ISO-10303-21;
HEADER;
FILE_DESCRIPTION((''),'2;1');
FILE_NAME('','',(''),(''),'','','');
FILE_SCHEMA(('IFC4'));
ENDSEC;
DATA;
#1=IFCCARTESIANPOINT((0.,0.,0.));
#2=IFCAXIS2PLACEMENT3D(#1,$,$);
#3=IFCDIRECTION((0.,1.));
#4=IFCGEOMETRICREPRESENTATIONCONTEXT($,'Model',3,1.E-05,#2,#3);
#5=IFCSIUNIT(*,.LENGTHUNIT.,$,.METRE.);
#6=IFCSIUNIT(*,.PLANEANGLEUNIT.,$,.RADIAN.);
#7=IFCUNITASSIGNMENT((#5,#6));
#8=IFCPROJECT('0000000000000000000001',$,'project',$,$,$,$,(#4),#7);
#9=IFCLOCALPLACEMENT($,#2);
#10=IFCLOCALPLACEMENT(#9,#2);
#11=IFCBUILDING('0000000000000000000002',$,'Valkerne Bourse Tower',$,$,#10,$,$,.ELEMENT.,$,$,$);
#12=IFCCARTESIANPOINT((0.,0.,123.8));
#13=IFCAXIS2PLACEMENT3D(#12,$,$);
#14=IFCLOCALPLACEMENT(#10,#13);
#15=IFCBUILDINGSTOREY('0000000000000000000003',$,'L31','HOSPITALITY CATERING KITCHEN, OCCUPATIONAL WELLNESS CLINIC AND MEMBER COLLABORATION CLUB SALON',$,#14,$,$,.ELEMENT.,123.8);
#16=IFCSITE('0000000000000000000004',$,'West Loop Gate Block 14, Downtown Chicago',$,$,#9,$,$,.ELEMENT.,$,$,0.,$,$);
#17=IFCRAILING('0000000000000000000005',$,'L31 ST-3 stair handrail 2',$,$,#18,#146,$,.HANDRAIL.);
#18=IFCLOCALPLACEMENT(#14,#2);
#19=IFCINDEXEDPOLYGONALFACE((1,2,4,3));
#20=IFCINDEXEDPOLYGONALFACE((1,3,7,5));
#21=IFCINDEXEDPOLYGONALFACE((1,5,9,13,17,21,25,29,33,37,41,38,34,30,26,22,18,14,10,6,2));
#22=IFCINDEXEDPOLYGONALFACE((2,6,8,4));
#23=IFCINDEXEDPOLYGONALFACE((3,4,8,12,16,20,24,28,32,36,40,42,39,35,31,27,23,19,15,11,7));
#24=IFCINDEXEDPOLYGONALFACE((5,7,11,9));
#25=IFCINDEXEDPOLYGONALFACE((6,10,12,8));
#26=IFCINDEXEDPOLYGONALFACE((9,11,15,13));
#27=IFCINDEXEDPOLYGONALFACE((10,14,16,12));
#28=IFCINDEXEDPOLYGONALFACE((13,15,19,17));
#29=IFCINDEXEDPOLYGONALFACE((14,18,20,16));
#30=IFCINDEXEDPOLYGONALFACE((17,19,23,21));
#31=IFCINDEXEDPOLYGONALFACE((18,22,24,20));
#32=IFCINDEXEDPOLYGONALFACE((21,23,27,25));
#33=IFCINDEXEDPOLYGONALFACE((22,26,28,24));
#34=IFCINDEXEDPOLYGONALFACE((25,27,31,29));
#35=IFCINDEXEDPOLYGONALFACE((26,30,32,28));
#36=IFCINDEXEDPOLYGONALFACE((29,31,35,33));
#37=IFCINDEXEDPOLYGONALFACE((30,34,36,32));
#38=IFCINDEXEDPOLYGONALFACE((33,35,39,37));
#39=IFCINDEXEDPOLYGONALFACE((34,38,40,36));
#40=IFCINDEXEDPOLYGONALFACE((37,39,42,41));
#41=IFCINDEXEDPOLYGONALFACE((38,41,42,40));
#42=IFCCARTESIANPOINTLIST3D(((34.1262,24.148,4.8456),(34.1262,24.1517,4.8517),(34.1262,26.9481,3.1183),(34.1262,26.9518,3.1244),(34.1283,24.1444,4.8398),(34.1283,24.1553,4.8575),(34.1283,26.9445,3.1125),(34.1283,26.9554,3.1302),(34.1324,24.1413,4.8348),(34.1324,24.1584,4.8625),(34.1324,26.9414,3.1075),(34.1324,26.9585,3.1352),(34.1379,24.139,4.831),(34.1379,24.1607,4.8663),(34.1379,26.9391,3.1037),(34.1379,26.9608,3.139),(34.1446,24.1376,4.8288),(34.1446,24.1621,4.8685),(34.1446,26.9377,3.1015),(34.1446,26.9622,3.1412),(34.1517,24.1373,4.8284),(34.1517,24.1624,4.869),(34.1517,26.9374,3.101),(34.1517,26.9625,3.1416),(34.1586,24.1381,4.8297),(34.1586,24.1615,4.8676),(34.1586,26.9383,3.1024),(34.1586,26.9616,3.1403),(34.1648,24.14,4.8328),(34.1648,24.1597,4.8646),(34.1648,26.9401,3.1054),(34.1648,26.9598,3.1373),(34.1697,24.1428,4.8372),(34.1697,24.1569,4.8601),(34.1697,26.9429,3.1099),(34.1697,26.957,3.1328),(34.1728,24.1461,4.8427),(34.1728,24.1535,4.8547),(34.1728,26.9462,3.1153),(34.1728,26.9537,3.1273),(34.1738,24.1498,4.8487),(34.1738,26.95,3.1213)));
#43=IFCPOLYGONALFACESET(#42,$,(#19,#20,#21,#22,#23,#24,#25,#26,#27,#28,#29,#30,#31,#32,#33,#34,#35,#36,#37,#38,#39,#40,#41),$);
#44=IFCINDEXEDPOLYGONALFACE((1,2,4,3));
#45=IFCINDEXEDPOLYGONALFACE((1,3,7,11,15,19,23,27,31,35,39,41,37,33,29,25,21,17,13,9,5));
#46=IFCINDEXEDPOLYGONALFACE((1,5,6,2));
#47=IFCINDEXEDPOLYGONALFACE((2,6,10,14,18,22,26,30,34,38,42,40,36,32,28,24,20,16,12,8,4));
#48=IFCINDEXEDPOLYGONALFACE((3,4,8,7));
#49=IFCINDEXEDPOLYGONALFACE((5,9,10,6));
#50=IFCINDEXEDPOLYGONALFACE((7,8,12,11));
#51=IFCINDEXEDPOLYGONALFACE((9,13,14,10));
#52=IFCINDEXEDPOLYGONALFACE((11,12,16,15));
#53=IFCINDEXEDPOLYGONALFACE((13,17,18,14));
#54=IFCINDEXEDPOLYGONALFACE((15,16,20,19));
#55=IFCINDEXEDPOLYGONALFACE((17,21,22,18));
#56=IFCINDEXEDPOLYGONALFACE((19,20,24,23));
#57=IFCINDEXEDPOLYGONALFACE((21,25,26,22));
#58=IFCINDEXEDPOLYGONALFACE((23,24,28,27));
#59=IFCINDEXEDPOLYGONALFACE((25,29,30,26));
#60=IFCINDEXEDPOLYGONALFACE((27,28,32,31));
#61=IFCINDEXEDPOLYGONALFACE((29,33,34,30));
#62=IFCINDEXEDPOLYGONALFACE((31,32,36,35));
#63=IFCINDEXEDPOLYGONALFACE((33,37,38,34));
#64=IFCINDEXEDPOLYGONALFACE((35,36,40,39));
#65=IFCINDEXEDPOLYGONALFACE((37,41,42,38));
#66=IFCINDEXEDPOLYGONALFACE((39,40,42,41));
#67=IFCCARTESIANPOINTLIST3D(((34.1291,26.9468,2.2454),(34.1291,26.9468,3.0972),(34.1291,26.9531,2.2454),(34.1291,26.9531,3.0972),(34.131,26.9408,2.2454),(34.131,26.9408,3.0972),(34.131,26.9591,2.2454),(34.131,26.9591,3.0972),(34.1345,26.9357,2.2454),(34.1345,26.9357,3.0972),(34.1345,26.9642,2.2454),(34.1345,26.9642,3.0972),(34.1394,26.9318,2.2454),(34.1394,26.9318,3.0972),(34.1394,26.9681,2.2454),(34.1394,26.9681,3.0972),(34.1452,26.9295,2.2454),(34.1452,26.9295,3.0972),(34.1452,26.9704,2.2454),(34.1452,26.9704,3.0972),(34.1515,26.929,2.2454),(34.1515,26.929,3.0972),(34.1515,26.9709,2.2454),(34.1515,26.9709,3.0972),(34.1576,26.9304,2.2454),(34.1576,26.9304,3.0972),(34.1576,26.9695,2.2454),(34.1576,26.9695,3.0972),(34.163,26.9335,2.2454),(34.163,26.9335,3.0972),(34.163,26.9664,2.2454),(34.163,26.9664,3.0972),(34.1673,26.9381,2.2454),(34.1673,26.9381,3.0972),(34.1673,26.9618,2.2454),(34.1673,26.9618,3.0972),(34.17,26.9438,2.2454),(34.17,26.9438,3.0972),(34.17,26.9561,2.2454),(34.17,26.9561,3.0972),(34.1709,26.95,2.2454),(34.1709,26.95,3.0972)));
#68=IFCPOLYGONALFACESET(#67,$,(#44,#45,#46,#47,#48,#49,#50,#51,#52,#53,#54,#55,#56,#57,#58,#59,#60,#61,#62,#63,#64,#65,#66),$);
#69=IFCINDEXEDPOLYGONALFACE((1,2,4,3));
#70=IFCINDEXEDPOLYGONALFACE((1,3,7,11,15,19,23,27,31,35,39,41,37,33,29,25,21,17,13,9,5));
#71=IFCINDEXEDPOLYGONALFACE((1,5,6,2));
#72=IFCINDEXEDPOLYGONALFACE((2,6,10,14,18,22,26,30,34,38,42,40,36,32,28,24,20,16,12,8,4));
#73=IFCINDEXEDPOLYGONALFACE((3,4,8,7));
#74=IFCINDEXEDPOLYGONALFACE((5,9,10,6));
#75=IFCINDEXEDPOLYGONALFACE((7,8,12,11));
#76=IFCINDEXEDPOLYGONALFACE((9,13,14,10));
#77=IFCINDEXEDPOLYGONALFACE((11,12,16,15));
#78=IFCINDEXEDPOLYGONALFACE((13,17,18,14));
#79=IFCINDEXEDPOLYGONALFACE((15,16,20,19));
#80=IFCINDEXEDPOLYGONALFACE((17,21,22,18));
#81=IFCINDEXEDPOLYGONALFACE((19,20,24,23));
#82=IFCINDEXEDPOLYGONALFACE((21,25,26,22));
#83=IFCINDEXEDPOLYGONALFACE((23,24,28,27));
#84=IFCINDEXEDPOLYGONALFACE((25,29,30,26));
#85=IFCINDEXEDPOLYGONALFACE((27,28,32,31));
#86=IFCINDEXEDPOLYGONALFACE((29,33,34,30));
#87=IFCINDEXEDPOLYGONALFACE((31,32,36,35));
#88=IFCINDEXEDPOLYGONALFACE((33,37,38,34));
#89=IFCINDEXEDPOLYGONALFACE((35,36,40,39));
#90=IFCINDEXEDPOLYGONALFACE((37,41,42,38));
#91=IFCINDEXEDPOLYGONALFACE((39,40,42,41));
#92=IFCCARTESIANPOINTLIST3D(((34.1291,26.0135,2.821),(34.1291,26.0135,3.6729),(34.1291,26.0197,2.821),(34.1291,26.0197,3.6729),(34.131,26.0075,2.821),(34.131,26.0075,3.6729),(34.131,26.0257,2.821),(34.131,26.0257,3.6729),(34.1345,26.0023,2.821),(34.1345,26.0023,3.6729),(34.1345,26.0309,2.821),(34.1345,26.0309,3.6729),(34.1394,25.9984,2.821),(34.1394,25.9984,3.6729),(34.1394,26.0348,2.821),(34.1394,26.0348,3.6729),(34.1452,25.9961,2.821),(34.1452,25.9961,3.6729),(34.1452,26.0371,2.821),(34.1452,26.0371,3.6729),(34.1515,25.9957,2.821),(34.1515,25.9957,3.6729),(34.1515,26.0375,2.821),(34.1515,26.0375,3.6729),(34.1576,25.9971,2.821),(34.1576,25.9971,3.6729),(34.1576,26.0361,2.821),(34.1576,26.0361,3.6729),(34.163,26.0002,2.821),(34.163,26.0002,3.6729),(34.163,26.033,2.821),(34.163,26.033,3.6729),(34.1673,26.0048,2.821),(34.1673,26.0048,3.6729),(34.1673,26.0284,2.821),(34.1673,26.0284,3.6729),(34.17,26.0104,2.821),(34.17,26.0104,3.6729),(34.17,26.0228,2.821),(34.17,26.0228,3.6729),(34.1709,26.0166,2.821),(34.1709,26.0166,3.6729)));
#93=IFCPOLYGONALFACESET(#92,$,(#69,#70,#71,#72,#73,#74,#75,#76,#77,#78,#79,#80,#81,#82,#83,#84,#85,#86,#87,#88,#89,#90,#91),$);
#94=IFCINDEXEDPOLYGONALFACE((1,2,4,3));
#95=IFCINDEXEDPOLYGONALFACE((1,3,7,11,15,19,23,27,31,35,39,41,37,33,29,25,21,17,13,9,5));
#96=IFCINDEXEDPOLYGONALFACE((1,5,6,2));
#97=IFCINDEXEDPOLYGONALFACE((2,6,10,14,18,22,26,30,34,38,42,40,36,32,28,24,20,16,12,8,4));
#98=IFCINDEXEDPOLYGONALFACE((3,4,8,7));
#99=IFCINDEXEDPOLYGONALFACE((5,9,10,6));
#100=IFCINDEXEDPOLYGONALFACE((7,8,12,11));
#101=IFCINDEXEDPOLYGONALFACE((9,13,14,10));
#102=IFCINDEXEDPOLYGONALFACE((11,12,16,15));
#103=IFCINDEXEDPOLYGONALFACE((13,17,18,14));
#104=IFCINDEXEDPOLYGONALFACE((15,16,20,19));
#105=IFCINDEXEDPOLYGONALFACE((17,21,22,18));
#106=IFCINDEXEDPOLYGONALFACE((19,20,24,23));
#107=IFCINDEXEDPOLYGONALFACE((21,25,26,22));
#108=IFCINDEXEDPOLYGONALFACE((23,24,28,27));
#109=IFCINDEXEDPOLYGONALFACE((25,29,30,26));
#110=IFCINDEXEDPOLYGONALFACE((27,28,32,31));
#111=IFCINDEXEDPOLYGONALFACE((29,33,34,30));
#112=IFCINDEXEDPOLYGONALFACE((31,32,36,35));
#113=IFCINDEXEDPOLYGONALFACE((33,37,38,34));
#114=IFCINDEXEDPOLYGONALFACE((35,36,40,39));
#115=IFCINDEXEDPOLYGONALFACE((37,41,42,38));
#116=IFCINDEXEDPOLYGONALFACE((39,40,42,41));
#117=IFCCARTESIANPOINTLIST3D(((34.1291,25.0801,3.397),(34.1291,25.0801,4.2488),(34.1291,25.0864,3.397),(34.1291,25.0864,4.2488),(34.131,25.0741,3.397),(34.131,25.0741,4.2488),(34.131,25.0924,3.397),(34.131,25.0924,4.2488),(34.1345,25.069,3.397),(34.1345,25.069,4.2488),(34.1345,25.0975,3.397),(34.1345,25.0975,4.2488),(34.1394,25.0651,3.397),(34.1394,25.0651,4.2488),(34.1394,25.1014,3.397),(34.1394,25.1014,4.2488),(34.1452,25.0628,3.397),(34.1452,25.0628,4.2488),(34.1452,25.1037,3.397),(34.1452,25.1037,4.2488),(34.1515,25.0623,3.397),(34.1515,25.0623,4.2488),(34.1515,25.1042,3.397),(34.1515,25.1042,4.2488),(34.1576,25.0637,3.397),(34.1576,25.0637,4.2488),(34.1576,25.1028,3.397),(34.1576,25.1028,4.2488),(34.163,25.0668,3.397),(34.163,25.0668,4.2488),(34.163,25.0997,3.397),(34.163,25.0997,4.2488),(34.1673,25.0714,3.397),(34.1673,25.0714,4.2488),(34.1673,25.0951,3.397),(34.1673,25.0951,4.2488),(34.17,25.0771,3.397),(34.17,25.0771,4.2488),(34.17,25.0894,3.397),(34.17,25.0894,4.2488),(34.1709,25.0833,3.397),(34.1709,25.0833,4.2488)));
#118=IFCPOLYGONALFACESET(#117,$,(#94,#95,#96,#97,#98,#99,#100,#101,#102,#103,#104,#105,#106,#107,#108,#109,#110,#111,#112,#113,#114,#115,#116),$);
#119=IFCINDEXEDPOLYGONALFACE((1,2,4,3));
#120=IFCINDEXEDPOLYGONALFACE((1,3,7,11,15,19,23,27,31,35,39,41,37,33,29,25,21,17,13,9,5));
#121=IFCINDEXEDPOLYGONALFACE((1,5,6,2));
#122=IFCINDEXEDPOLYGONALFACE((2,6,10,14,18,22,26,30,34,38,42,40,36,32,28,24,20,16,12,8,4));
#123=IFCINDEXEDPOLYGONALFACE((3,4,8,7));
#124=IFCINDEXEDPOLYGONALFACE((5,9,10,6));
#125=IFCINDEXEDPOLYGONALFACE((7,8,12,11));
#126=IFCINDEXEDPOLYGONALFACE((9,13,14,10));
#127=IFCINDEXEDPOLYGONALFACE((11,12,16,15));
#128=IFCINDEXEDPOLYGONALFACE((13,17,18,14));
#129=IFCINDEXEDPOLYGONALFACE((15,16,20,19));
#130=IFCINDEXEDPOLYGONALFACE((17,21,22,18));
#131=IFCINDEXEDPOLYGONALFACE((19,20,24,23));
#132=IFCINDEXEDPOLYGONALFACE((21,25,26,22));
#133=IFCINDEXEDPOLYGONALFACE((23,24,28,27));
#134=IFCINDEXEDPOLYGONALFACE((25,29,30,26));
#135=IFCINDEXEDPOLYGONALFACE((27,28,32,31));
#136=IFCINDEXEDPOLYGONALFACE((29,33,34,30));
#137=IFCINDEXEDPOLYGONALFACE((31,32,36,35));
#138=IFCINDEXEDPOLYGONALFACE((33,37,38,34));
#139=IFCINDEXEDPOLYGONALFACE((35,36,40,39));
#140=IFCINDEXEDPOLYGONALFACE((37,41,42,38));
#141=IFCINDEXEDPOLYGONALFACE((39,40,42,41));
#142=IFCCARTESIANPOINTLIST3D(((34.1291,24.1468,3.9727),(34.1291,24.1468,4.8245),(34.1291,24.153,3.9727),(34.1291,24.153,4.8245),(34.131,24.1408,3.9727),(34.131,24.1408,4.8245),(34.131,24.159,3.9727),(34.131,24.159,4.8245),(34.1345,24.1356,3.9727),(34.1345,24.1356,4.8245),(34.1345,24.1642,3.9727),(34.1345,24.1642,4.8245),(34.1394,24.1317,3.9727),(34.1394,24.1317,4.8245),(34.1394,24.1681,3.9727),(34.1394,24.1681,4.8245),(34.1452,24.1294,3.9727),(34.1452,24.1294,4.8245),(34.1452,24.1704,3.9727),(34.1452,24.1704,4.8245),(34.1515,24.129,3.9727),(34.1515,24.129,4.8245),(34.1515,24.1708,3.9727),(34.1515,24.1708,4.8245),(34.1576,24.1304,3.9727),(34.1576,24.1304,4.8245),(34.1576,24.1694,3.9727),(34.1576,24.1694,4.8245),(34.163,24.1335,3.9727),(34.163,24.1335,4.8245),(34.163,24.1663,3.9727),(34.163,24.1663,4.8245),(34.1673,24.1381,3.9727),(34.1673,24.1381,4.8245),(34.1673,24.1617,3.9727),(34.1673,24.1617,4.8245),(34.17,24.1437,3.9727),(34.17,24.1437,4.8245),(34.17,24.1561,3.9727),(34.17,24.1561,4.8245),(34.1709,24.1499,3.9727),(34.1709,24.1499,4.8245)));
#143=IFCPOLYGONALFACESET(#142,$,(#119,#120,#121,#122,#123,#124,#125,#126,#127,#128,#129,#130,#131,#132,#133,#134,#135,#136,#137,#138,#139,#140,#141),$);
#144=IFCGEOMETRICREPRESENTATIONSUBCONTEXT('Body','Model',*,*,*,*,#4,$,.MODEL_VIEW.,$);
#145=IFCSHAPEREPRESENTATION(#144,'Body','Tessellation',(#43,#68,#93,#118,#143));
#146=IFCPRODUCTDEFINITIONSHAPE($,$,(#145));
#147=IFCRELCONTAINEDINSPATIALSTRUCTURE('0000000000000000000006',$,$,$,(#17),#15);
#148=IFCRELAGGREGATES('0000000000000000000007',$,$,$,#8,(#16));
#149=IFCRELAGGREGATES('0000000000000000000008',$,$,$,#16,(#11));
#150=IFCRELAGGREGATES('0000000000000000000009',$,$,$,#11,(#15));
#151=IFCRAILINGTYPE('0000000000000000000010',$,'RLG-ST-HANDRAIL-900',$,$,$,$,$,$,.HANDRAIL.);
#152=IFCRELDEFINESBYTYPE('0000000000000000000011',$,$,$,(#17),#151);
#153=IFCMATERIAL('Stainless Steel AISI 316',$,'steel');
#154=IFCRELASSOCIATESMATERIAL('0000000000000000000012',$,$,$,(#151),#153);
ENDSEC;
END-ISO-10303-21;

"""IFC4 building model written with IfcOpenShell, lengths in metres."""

from ifc_helpers import new_model, si_unit, direction, frame, origin, origin_2d, place, context, subcontext, project, spatial, circle, extrude, material, type_object, element, save


model = new_model("IFC4")

# Units and contexts
model_context = context("Model", 3, precision=1e-05, world=origin(), true_north=direction((0.0, 1.0)))
body_context = subcontext(model_context, "Body", "Model", "MODEL_VIEW")
ifc_project = project(units=[si_unit("LENGTHUNIT", "METRE"), si_unit("PLANEANGLEUNIT", "RADIAN")], contexts=[model_context])

# Site, building, storey
site_placement = place(None, origin())
site = spatial("IfcSite", under=ifc_project, at=site_placement, Name="West Loop Gate Block 14, Downtown Chicago", CompositionType="ELEMENT", RefElevation=0.0)
building_placement = place(site_placement, origin())
building = spatial("IfcBuilding", under=site, at=building_placement, Name="Valkerne Bourse Tower", CompositionType="ELEMENT")
storey_placement = place(building_placement, frame((0.0, 0.0, 123.8)))
storey = spatial("IfcBuildingStorey", under=building, at=storey_placement, Name="L31", Description="HOSPITALITY CATERING KITCHEN, OCCUPATIONAL WELLNESS CLINIC AND MEMBER COLLABORATION CLUB SALON", CompositionType="ELEMENT", Elevation=123.8)

# Railing
ifc_material_1 = material(Name="Stainless Steel AISI 316", Category="steel")
railing_type_1 = type_object("IfcRailingType", Name="RLG-ST-HANDRAIL-900", PredefinedType="HANDRAIL", material=ifc_material_1)
railing_1_placement = place(storey_placement, frame((34.1499, 26.95, 2.2454)))
element("IfcRailing", 1, at=railing_1_placement, inside=storey, type_object=railing_type_1, Name="L31 ST-3 stair handrail 2", PredefinedType="HANDRAIL", context=body_context, shape_type="SweptSolid", body=[
    extrude(circle(Radius=0.0239, at=origin_2d()), frame((0.0, 0.0, 0.876), z_axis=(0.0, -0.85109, 0.52502), x_axis=(1.0, 0.0, 0.0)), (0.0, 0.0, 1.0), 3.29),
    extrude(circle(Radius=0.021, at=origin_2d()), origin(), (0.0, 0.0, 1.0), 0.8518),
    extrude(circle(Radius=0.021, at=origin_2d()), frame((0.0, -0.9333, 0.5757)), (0.0, 0.0, 1.0), 0.8518),
    extrude(circle(Radius=0.021, at=origin_2d()), frame((0.0, -1.8667, 1.1516)), (0.0, 0.0, 1.0), 0.8518),
    extrude(circle(Radius=0.021, at=origin_2d()), frame((0.0, -2.8, 1.7273)), (0.0, 0.0, 1.0), 0.8518),
])

save(model, "model.ifc")
